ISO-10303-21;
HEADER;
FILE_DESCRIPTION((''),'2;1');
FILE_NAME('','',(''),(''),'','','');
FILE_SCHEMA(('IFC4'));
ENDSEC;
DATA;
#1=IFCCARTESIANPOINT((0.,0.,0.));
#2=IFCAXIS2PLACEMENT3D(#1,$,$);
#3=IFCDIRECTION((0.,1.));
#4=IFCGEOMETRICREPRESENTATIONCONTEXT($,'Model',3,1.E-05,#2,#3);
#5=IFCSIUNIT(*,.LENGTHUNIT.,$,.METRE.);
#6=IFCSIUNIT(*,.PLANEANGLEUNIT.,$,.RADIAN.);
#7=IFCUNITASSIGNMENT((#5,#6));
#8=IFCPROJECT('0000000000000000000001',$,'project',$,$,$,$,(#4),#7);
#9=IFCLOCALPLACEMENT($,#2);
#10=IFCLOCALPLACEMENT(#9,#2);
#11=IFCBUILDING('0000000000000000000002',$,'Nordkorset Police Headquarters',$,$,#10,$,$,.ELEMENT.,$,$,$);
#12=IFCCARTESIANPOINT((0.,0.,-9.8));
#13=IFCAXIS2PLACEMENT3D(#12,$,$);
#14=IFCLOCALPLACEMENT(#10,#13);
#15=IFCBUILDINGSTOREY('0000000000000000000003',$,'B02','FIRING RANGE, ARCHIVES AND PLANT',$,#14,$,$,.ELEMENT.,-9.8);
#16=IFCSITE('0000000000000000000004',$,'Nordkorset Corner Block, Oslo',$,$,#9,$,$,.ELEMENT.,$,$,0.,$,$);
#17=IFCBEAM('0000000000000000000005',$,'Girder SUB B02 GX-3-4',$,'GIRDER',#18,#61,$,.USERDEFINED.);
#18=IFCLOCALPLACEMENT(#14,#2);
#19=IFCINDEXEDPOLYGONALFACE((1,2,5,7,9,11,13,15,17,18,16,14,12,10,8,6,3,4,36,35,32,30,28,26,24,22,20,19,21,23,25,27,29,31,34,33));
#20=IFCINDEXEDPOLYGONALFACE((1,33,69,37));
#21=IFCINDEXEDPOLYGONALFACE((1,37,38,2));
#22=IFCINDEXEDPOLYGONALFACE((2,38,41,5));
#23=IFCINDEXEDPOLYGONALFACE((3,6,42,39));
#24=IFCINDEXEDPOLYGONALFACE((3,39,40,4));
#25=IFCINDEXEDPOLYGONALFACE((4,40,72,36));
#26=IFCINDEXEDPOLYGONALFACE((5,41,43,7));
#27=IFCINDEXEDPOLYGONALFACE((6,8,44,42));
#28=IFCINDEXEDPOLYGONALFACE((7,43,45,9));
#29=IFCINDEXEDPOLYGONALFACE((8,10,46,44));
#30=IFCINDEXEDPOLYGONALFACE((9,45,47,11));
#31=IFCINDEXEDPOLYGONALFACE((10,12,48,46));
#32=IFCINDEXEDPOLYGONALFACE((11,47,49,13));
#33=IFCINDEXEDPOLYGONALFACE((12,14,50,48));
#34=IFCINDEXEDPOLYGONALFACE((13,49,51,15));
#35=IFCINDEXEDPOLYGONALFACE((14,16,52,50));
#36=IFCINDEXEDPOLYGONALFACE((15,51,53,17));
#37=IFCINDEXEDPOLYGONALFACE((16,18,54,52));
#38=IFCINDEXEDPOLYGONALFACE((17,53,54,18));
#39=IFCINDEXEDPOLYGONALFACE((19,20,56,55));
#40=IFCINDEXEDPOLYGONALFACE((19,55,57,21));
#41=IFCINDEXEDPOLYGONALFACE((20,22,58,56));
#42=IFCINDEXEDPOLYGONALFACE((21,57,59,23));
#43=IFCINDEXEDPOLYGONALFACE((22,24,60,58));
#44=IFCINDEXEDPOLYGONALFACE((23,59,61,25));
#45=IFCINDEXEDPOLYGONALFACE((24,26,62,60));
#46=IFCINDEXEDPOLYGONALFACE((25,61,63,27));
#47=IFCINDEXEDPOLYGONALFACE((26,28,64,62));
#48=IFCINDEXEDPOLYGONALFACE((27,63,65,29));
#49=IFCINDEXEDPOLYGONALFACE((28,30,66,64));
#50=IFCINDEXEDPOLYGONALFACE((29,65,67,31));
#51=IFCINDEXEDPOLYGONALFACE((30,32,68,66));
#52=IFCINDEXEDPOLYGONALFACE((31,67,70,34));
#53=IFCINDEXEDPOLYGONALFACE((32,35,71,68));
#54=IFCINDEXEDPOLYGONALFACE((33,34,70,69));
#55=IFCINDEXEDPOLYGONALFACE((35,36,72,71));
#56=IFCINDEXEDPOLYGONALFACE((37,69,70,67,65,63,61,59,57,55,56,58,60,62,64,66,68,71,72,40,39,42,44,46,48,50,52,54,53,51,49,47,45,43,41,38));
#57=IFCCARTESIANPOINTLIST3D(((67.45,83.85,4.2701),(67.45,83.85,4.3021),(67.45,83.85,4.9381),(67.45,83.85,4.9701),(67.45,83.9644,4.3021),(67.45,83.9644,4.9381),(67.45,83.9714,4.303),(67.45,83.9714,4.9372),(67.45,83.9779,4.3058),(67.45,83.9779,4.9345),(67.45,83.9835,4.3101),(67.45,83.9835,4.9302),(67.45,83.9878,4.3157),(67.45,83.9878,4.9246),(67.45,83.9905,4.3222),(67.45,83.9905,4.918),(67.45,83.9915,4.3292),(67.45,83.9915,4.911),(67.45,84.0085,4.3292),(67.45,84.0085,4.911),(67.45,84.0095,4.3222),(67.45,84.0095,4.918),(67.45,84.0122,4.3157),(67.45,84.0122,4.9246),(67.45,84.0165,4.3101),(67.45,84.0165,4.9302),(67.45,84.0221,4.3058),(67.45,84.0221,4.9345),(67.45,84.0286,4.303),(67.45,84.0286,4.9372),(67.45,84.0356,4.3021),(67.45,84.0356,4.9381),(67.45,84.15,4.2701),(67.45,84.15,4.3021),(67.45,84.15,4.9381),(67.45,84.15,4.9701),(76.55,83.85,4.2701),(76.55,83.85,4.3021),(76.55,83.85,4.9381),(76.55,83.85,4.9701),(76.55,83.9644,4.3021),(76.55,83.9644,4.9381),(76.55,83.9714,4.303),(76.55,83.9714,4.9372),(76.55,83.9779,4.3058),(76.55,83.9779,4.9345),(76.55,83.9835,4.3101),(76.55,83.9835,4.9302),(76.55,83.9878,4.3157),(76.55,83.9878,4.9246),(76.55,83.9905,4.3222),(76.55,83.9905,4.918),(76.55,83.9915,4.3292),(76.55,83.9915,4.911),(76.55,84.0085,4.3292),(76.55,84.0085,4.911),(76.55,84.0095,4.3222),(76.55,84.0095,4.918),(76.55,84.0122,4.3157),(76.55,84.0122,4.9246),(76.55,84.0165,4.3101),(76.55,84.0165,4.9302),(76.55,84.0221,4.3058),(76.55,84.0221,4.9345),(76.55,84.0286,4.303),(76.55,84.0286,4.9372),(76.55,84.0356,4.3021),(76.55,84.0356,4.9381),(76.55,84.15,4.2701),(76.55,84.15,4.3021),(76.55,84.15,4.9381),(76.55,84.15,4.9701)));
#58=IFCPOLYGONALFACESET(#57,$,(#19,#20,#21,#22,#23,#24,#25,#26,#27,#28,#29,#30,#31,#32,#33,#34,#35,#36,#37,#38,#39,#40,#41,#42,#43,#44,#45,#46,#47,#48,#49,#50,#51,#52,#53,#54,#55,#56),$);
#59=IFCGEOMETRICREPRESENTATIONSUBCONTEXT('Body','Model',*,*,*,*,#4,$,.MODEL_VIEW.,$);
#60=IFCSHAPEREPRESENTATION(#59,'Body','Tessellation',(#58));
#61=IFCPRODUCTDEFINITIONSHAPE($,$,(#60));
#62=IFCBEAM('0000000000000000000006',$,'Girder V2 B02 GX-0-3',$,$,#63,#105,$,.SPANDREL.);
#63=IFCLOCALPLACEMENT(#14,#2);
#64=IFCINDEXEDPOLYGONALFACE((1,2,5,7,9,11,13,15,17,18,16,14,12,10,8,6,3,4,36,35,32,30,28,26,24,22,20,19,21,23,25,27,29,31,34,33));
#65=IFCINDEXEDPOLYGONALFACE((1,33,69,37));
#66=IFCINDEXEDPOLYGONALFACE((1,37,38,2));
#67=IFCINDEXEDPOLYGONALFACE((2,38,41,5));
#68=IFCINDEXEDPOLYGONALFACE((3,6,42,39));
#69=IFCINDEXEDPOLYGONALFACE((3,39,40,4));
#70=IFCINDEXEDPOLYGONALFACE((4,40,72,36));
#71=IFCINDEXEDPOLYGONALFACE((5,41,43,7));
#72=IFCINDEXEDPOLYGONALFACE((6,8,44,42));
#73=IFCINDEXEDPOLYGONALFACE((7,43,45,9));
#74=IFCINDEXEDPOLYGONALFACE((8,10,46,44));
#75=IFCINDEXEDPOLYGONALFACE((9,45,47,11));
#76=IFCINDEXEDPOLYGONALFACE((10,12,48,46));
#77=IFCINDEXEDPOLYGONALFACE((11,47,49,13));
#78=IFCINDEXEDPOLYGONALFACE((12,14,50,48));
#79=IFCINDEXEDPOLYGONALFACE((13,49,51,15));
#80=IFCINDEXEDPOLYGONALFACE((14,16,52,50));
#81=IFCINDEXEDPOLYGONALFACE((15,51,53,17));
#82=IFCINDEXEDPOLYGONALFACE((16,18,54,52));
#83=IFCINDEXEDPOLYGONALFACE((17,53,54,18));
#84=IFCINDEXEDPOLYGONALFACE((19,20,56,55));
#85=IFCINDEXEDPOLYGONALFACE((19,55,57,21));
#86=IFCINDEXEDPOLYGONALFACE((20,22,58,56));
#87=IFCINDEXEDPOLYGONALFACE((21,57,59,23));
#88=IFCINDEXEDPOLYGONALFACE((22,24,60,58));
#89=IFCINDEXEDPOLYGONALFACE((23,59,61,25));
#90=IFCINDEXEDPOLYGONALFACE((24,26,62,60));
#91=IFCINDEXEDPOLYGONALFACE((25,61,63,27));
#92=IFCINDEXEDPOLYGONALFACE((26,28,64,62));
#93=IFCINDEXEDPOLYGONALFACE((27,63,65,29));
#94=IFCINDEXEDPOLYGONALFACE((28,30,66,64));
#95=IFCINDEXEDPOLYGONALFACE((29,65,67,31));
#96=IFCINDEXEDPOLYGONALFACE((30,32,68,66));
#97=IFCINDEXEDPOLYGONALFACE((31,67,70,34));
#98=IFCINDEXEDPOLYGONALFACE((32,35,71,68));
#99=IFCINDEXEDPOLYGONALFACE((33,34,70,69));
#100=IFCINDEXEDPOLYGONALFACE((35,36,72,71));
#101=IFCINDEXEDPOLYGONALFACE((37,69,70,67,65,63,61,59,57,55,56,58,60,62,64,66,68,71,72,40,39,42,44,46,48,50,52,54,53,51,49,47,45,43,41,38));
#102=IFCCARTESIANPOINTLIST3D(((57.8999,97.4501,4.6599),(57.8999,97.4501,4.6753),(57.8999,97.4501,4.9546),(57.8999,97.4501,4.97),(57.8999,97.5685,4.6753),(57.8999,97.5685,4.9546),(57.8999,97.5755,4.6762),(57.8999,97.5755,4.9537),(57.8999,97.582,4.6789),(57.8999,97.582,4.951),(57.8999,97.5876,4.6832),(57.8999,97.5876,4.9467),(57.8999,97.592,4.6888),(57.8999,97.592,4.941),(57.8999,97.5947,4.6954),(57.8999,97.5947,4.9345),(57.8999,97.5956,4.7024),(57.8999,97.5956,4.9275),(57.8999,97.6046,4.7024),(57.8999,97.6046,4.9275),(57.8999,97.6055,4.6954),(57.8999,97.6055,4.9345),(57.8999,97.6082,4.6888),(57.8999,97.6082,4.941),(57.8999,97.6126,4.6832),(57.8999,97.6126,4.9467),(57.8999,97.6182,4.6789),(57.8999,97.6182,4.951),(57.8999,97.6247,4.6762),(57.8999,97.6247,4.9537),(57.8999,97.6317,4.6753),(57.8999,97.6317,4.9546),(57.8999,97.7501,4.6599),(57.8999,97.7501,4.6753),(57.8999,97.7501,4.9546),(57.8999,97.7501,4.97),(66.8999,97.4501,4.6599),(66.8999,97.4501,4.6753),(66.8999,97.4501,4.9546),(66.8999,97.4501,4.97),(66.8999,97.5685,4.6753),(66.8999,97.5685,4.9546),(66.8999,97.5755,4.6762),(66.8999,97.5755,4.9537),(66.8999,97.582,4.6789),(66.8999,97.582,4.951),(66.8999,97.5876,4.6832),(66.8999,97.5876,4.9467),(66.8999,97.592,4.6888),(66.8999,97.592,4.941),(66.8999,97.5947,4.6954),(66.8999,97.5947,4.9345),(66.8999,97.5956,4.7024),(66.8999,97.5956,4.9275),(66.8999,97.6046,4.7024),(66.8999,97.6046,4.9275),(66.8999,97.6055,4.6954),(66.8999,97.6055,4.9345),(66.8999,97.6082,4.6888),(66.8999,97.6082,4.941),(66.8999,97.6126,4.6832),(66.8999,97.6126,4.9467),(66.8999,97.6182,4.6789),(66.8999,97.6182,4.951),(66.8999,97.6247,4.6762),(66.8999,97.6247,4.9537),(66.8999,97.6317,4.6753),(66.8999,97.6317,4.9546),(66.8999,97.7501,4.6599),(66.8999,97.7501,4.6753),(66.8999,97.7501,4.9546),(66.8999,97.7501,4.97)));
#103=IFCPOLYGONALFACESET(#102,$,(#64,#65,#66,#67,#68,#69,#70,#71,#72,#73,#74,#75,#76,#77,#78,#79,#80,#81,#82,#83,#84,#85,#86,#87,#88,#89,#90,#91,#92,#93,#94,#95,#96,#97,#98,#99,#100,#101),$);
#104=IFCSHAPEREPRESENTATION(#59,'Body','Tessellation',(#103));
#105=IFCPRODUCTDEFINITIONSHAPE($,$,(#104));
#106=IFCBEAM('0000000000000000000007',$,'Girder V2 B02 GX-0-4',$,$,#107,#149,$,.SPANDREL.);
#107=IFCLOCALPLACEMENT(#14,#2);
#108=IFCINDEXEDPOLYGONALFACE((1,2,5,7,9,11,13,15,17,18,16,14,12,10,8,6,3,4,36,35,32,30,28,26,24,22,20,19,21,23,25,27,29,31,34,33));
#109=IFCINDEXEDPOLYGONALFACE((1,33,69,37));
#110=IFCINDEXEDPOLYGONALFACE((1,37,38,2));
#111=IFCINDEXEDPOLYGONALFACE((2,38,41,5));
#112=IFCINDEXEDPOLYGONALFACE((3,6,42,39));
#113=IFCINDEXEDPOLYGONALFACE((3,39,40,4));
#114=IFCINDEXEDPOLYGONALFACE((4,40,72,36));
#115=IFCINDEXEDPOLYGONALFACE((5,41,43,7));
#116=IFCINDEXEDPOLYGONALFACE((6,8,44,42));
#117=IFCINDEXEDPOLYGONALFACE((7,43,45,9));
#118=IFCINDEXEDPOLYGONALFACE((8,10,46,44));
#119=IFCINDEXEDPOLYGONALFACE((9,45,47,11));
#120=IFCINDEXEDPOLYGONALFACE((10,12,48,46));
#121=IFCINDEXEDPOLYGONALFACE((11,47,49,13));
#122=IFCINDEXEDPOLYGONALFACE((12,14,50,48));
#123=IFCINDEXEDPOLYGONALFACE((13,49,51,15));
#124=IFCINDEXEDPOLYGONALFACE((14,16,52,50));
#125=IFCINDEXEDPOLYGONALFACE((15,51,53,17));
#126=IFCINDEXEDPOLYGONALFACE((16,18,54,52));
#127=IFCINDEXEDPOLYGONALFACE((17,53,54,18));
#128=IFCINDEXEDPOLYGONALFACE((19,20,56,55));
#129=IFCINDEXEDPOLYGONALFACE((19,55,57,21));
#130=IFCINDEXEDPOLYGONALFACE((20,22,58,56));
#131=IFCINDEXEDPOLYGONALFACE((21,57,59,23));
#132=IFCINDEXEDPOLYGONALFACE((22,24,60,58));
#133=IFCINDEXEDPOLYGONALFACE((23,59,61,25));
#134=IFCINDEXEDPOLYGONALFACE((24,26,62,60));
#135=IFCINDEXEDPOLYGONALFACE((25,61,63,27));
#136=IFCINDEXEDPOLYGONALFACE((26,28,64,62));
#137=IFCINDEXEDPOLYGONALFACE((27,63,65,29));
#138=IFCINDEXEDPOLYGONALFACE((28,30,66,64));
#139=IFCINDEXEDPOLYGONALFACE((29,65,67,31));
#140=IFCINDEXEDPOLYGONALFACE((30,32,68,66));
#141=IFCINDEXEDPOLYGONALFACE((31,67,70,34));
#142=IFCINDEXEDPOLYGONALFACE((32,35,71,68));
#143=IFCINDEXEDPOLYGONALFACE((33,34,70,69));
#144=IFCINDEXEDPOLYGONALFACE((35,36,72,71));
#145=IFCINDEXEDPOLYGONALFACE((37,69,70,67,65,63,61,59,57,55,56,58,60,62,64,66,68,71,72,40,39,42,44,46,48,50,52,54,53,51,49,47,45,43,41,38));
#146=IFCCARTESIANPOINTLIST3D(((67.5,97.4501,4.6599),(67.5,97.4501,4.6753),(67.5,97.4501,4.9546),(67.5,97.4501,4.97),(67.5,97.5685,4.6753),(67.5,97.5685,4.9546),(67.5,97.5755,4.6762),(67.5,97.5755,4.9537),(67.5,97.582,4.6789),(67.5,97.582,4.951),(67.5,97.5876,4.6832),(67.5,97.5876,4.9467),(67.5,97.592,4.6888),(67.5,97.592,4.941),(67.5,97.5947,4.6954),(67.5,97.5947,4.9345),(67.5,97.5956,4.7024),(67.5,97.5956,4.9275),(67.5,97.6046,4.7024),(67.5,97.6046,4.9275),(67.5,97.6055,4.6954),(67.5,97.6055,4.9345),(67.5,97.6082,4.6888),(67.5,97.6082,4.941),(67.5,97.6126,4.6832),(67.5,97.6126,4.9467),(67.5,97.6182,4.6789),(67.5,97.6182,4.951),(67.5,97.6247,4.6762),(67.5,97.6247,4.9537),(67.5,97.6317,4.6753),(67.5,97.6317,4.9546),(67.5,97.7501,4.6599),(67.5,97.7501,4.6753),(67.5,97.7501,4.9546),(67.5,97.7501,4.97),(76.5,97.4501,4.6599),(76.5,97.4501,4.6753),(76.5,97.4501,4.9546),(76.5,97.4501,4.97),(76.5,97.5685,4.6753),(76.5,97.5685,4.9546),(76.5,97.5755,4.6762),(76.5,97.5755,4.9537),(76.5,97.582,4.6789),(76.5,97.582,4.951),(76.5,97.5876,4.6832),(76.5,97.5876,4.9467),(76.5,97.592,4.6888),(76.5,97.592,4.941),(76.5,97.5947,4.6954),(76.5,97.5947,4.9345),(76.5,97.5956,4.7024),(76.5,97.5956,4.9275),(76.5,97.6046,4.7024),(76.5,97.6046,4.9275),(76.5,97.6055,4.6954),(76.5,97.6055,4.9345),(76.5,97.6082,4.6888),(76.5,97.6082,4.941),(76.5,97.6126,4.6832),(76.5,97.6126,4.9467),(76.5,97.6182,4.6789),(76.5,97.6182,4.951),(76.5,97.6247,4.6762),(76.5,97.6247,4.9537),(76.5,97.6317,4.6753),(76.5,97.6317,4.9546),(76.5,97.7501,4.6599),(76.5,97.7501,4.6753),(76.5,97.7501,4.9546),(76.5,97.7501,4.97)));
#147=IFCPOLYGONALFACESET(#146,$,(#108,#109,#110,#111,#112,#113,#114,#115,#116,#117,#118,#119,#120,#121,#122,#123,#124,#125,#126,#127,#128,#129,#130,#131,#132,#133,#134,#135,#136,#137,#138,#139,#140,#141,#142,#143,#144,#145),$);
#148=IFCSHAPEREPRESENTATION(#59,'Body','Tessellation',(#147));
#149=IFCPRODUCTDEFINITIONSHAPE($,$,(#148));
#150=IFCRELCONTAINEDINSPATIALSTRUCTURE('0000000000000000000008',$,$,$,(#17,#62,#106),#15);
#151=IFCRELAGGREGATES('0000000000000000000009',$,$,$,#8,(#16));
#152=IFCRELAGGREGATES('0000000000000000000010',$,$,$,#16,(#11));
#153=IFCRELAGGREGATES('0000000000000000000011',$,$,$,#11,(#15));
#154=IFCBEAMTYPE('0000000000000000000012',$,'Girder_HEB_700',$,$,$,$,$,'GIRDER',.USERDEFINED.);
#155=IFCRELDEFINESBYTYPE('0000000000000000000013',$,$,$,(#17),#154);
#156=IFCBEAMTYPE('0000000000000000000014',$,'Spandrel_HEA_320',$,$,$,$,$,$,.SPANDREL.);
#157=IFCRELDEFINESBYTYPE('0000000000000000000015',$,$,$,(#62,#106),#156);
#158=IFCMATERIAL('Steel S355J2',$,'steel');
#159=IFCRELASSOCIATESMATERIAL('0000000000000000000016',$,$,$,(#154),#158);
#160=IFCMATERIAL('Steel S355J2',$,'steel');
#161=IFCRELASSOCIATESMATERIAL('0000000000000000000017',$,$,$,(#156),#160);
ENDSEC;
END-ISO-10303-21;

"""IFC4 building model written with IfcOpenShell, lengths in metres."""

from ifc_helpers import new_model, si_unit, direction, frame, origin, origin_2d, place, context, subcontext, project, spatial, i_section, extrude, material, material_profile, profile_set, type_object, element, save


model = new_model("IFC4")

# Units and contexts
model_context = context("Model", 3, precision=1e-05, world=origin(), true_north=direction((0.0, 1.0)))
body_context = subcontext(model_context, "Body", "Model", "MODEL_VIEW")
ifc_project = project(units=[si_unit("LENGTHUNIT", "METRE"), si_unit("PLANEANGLEUNIT", "RADIAN")], contexts=[model_context])

# Site, building, storey
site_placement = place(None, origin())
site = spatial("IfcSite", under=ifc_project, at=site_placement, Name="Nordkorset Corner Block, Oslo", CompositionType="ELEMENT", RefElevation=0.0)
building_placement = place(site_placement, origin())
building = spatial("IfcBuilding", under=site, at=building_placement, Name="Nordkorset Police Headquarters", CompositionType="ELEMENT")
storey_placement = place(building_placement, frame((0.0, 0.0, -9.8)))
storey = spatial("IfcBuildingStorey", under=building, at=storey_placement, Name="B02", Description="FIRING RANGE, ARCHIVES AND PLANT", CompositionType="ELEMENT", Elevation=-9.8)

# Beams
ifc_material_1 = material(Name="Steel S355J2", Category="steel")
ifc_material_profile_1 = material_profile(ifc_material_1, i_section(OverallWidth=0.3, OverallDepth=0.7, WebThickness=0.0171, FlangeThickness=0.032, FilletRadius=0.0271, at=origin_2d()), Name="HEB 700")
ifc_profile_set_1 = profile_set([ifc_material_profile_1], Name="Steel S355J2")
beam_type_1 = type_object("IfcBeamType", Name="Girder_HEB_700", ElementType="GIRDER", PredefinedType="USERDEFINED", material=ifc_profile_set_1)
beam_1_placement = place(storey_placement, frame((67.45, 84.0, 4.6201), z_axis=(1.0, 0.0, 0.0), x_axis=(0.0, 1.0, 0.0)))
element("IfcBeam", 1, at=beam_1_placement, inside=storey, type_object=beam_type_1, Name="Girder SUB B02 GX-3-4", ObjectType="GIRDER", PredefinedType="USERDEFINED", context=body_context, shape_type="SweptSolid", body=[
    extrude(i_section(OverallWidth=0.3, OverallDepth=0.7, WebThickness=0.0171, FlangeThickness=0.032, FilletRadius=0.0271, at=origin_2d()), origin(), (0.0, 0.0, 1.0), 9.1001),
])
ifc_material_2 = material(Name="Steel S355J2", Category="steel")
ifc_material_profile_2 = material_profile(ifc_material_2, i_section(OverallWidth=0.3, OverallDepth=0.3101, WebThickness=0.009, FlangeThickness=0.0154, FilletRadius=0.0271, at=origin_2d()), Name="HEA 320")
ifc_profile_set_2 = profile_set([ifc_material_profile_2], Name="Steel S355J2")
beam_type_2 = type_object("IfcBeamType", Name="Spandrel_HEA_320", PredefinedType="SPANDREL", material=ifc_profile_set_2)
for number, where, z_axis, x_axis, name in (
    (2, (57.8999, 97.6001, 4.8149), (1.0, 0.0, 0.0), (0.0, 1.0, 0.0), "Girder V2 B02 GX-0-3"),
    (3, (67.5, 97.6001, 4.8149), (1.0, 0.0, 0.0), (0.0, 1.0, 0.0), "Girder V2 B02 GX-0-4"),
):
    element("IfcBeam", number, at=place(storey_placement, frame(where, z_axis=z_axis, x_axis=x_axis)), inside=storey, type_object=beam_type_2, Name=name, PredefinedType="SPANDREL", context=body_context, shape_type="SweptSolid", body=[
        extrude(i_section(OverallWidth=0.3, OverallDepth=0.3101, WebThickness=0.009, FlangeThickness=0.0154, FilletRadius=0.0271, at=origin_2d()), origin(), (0.0, 0.0, 1.0), 9.0),
    ])

save(model, "model.ifc")
